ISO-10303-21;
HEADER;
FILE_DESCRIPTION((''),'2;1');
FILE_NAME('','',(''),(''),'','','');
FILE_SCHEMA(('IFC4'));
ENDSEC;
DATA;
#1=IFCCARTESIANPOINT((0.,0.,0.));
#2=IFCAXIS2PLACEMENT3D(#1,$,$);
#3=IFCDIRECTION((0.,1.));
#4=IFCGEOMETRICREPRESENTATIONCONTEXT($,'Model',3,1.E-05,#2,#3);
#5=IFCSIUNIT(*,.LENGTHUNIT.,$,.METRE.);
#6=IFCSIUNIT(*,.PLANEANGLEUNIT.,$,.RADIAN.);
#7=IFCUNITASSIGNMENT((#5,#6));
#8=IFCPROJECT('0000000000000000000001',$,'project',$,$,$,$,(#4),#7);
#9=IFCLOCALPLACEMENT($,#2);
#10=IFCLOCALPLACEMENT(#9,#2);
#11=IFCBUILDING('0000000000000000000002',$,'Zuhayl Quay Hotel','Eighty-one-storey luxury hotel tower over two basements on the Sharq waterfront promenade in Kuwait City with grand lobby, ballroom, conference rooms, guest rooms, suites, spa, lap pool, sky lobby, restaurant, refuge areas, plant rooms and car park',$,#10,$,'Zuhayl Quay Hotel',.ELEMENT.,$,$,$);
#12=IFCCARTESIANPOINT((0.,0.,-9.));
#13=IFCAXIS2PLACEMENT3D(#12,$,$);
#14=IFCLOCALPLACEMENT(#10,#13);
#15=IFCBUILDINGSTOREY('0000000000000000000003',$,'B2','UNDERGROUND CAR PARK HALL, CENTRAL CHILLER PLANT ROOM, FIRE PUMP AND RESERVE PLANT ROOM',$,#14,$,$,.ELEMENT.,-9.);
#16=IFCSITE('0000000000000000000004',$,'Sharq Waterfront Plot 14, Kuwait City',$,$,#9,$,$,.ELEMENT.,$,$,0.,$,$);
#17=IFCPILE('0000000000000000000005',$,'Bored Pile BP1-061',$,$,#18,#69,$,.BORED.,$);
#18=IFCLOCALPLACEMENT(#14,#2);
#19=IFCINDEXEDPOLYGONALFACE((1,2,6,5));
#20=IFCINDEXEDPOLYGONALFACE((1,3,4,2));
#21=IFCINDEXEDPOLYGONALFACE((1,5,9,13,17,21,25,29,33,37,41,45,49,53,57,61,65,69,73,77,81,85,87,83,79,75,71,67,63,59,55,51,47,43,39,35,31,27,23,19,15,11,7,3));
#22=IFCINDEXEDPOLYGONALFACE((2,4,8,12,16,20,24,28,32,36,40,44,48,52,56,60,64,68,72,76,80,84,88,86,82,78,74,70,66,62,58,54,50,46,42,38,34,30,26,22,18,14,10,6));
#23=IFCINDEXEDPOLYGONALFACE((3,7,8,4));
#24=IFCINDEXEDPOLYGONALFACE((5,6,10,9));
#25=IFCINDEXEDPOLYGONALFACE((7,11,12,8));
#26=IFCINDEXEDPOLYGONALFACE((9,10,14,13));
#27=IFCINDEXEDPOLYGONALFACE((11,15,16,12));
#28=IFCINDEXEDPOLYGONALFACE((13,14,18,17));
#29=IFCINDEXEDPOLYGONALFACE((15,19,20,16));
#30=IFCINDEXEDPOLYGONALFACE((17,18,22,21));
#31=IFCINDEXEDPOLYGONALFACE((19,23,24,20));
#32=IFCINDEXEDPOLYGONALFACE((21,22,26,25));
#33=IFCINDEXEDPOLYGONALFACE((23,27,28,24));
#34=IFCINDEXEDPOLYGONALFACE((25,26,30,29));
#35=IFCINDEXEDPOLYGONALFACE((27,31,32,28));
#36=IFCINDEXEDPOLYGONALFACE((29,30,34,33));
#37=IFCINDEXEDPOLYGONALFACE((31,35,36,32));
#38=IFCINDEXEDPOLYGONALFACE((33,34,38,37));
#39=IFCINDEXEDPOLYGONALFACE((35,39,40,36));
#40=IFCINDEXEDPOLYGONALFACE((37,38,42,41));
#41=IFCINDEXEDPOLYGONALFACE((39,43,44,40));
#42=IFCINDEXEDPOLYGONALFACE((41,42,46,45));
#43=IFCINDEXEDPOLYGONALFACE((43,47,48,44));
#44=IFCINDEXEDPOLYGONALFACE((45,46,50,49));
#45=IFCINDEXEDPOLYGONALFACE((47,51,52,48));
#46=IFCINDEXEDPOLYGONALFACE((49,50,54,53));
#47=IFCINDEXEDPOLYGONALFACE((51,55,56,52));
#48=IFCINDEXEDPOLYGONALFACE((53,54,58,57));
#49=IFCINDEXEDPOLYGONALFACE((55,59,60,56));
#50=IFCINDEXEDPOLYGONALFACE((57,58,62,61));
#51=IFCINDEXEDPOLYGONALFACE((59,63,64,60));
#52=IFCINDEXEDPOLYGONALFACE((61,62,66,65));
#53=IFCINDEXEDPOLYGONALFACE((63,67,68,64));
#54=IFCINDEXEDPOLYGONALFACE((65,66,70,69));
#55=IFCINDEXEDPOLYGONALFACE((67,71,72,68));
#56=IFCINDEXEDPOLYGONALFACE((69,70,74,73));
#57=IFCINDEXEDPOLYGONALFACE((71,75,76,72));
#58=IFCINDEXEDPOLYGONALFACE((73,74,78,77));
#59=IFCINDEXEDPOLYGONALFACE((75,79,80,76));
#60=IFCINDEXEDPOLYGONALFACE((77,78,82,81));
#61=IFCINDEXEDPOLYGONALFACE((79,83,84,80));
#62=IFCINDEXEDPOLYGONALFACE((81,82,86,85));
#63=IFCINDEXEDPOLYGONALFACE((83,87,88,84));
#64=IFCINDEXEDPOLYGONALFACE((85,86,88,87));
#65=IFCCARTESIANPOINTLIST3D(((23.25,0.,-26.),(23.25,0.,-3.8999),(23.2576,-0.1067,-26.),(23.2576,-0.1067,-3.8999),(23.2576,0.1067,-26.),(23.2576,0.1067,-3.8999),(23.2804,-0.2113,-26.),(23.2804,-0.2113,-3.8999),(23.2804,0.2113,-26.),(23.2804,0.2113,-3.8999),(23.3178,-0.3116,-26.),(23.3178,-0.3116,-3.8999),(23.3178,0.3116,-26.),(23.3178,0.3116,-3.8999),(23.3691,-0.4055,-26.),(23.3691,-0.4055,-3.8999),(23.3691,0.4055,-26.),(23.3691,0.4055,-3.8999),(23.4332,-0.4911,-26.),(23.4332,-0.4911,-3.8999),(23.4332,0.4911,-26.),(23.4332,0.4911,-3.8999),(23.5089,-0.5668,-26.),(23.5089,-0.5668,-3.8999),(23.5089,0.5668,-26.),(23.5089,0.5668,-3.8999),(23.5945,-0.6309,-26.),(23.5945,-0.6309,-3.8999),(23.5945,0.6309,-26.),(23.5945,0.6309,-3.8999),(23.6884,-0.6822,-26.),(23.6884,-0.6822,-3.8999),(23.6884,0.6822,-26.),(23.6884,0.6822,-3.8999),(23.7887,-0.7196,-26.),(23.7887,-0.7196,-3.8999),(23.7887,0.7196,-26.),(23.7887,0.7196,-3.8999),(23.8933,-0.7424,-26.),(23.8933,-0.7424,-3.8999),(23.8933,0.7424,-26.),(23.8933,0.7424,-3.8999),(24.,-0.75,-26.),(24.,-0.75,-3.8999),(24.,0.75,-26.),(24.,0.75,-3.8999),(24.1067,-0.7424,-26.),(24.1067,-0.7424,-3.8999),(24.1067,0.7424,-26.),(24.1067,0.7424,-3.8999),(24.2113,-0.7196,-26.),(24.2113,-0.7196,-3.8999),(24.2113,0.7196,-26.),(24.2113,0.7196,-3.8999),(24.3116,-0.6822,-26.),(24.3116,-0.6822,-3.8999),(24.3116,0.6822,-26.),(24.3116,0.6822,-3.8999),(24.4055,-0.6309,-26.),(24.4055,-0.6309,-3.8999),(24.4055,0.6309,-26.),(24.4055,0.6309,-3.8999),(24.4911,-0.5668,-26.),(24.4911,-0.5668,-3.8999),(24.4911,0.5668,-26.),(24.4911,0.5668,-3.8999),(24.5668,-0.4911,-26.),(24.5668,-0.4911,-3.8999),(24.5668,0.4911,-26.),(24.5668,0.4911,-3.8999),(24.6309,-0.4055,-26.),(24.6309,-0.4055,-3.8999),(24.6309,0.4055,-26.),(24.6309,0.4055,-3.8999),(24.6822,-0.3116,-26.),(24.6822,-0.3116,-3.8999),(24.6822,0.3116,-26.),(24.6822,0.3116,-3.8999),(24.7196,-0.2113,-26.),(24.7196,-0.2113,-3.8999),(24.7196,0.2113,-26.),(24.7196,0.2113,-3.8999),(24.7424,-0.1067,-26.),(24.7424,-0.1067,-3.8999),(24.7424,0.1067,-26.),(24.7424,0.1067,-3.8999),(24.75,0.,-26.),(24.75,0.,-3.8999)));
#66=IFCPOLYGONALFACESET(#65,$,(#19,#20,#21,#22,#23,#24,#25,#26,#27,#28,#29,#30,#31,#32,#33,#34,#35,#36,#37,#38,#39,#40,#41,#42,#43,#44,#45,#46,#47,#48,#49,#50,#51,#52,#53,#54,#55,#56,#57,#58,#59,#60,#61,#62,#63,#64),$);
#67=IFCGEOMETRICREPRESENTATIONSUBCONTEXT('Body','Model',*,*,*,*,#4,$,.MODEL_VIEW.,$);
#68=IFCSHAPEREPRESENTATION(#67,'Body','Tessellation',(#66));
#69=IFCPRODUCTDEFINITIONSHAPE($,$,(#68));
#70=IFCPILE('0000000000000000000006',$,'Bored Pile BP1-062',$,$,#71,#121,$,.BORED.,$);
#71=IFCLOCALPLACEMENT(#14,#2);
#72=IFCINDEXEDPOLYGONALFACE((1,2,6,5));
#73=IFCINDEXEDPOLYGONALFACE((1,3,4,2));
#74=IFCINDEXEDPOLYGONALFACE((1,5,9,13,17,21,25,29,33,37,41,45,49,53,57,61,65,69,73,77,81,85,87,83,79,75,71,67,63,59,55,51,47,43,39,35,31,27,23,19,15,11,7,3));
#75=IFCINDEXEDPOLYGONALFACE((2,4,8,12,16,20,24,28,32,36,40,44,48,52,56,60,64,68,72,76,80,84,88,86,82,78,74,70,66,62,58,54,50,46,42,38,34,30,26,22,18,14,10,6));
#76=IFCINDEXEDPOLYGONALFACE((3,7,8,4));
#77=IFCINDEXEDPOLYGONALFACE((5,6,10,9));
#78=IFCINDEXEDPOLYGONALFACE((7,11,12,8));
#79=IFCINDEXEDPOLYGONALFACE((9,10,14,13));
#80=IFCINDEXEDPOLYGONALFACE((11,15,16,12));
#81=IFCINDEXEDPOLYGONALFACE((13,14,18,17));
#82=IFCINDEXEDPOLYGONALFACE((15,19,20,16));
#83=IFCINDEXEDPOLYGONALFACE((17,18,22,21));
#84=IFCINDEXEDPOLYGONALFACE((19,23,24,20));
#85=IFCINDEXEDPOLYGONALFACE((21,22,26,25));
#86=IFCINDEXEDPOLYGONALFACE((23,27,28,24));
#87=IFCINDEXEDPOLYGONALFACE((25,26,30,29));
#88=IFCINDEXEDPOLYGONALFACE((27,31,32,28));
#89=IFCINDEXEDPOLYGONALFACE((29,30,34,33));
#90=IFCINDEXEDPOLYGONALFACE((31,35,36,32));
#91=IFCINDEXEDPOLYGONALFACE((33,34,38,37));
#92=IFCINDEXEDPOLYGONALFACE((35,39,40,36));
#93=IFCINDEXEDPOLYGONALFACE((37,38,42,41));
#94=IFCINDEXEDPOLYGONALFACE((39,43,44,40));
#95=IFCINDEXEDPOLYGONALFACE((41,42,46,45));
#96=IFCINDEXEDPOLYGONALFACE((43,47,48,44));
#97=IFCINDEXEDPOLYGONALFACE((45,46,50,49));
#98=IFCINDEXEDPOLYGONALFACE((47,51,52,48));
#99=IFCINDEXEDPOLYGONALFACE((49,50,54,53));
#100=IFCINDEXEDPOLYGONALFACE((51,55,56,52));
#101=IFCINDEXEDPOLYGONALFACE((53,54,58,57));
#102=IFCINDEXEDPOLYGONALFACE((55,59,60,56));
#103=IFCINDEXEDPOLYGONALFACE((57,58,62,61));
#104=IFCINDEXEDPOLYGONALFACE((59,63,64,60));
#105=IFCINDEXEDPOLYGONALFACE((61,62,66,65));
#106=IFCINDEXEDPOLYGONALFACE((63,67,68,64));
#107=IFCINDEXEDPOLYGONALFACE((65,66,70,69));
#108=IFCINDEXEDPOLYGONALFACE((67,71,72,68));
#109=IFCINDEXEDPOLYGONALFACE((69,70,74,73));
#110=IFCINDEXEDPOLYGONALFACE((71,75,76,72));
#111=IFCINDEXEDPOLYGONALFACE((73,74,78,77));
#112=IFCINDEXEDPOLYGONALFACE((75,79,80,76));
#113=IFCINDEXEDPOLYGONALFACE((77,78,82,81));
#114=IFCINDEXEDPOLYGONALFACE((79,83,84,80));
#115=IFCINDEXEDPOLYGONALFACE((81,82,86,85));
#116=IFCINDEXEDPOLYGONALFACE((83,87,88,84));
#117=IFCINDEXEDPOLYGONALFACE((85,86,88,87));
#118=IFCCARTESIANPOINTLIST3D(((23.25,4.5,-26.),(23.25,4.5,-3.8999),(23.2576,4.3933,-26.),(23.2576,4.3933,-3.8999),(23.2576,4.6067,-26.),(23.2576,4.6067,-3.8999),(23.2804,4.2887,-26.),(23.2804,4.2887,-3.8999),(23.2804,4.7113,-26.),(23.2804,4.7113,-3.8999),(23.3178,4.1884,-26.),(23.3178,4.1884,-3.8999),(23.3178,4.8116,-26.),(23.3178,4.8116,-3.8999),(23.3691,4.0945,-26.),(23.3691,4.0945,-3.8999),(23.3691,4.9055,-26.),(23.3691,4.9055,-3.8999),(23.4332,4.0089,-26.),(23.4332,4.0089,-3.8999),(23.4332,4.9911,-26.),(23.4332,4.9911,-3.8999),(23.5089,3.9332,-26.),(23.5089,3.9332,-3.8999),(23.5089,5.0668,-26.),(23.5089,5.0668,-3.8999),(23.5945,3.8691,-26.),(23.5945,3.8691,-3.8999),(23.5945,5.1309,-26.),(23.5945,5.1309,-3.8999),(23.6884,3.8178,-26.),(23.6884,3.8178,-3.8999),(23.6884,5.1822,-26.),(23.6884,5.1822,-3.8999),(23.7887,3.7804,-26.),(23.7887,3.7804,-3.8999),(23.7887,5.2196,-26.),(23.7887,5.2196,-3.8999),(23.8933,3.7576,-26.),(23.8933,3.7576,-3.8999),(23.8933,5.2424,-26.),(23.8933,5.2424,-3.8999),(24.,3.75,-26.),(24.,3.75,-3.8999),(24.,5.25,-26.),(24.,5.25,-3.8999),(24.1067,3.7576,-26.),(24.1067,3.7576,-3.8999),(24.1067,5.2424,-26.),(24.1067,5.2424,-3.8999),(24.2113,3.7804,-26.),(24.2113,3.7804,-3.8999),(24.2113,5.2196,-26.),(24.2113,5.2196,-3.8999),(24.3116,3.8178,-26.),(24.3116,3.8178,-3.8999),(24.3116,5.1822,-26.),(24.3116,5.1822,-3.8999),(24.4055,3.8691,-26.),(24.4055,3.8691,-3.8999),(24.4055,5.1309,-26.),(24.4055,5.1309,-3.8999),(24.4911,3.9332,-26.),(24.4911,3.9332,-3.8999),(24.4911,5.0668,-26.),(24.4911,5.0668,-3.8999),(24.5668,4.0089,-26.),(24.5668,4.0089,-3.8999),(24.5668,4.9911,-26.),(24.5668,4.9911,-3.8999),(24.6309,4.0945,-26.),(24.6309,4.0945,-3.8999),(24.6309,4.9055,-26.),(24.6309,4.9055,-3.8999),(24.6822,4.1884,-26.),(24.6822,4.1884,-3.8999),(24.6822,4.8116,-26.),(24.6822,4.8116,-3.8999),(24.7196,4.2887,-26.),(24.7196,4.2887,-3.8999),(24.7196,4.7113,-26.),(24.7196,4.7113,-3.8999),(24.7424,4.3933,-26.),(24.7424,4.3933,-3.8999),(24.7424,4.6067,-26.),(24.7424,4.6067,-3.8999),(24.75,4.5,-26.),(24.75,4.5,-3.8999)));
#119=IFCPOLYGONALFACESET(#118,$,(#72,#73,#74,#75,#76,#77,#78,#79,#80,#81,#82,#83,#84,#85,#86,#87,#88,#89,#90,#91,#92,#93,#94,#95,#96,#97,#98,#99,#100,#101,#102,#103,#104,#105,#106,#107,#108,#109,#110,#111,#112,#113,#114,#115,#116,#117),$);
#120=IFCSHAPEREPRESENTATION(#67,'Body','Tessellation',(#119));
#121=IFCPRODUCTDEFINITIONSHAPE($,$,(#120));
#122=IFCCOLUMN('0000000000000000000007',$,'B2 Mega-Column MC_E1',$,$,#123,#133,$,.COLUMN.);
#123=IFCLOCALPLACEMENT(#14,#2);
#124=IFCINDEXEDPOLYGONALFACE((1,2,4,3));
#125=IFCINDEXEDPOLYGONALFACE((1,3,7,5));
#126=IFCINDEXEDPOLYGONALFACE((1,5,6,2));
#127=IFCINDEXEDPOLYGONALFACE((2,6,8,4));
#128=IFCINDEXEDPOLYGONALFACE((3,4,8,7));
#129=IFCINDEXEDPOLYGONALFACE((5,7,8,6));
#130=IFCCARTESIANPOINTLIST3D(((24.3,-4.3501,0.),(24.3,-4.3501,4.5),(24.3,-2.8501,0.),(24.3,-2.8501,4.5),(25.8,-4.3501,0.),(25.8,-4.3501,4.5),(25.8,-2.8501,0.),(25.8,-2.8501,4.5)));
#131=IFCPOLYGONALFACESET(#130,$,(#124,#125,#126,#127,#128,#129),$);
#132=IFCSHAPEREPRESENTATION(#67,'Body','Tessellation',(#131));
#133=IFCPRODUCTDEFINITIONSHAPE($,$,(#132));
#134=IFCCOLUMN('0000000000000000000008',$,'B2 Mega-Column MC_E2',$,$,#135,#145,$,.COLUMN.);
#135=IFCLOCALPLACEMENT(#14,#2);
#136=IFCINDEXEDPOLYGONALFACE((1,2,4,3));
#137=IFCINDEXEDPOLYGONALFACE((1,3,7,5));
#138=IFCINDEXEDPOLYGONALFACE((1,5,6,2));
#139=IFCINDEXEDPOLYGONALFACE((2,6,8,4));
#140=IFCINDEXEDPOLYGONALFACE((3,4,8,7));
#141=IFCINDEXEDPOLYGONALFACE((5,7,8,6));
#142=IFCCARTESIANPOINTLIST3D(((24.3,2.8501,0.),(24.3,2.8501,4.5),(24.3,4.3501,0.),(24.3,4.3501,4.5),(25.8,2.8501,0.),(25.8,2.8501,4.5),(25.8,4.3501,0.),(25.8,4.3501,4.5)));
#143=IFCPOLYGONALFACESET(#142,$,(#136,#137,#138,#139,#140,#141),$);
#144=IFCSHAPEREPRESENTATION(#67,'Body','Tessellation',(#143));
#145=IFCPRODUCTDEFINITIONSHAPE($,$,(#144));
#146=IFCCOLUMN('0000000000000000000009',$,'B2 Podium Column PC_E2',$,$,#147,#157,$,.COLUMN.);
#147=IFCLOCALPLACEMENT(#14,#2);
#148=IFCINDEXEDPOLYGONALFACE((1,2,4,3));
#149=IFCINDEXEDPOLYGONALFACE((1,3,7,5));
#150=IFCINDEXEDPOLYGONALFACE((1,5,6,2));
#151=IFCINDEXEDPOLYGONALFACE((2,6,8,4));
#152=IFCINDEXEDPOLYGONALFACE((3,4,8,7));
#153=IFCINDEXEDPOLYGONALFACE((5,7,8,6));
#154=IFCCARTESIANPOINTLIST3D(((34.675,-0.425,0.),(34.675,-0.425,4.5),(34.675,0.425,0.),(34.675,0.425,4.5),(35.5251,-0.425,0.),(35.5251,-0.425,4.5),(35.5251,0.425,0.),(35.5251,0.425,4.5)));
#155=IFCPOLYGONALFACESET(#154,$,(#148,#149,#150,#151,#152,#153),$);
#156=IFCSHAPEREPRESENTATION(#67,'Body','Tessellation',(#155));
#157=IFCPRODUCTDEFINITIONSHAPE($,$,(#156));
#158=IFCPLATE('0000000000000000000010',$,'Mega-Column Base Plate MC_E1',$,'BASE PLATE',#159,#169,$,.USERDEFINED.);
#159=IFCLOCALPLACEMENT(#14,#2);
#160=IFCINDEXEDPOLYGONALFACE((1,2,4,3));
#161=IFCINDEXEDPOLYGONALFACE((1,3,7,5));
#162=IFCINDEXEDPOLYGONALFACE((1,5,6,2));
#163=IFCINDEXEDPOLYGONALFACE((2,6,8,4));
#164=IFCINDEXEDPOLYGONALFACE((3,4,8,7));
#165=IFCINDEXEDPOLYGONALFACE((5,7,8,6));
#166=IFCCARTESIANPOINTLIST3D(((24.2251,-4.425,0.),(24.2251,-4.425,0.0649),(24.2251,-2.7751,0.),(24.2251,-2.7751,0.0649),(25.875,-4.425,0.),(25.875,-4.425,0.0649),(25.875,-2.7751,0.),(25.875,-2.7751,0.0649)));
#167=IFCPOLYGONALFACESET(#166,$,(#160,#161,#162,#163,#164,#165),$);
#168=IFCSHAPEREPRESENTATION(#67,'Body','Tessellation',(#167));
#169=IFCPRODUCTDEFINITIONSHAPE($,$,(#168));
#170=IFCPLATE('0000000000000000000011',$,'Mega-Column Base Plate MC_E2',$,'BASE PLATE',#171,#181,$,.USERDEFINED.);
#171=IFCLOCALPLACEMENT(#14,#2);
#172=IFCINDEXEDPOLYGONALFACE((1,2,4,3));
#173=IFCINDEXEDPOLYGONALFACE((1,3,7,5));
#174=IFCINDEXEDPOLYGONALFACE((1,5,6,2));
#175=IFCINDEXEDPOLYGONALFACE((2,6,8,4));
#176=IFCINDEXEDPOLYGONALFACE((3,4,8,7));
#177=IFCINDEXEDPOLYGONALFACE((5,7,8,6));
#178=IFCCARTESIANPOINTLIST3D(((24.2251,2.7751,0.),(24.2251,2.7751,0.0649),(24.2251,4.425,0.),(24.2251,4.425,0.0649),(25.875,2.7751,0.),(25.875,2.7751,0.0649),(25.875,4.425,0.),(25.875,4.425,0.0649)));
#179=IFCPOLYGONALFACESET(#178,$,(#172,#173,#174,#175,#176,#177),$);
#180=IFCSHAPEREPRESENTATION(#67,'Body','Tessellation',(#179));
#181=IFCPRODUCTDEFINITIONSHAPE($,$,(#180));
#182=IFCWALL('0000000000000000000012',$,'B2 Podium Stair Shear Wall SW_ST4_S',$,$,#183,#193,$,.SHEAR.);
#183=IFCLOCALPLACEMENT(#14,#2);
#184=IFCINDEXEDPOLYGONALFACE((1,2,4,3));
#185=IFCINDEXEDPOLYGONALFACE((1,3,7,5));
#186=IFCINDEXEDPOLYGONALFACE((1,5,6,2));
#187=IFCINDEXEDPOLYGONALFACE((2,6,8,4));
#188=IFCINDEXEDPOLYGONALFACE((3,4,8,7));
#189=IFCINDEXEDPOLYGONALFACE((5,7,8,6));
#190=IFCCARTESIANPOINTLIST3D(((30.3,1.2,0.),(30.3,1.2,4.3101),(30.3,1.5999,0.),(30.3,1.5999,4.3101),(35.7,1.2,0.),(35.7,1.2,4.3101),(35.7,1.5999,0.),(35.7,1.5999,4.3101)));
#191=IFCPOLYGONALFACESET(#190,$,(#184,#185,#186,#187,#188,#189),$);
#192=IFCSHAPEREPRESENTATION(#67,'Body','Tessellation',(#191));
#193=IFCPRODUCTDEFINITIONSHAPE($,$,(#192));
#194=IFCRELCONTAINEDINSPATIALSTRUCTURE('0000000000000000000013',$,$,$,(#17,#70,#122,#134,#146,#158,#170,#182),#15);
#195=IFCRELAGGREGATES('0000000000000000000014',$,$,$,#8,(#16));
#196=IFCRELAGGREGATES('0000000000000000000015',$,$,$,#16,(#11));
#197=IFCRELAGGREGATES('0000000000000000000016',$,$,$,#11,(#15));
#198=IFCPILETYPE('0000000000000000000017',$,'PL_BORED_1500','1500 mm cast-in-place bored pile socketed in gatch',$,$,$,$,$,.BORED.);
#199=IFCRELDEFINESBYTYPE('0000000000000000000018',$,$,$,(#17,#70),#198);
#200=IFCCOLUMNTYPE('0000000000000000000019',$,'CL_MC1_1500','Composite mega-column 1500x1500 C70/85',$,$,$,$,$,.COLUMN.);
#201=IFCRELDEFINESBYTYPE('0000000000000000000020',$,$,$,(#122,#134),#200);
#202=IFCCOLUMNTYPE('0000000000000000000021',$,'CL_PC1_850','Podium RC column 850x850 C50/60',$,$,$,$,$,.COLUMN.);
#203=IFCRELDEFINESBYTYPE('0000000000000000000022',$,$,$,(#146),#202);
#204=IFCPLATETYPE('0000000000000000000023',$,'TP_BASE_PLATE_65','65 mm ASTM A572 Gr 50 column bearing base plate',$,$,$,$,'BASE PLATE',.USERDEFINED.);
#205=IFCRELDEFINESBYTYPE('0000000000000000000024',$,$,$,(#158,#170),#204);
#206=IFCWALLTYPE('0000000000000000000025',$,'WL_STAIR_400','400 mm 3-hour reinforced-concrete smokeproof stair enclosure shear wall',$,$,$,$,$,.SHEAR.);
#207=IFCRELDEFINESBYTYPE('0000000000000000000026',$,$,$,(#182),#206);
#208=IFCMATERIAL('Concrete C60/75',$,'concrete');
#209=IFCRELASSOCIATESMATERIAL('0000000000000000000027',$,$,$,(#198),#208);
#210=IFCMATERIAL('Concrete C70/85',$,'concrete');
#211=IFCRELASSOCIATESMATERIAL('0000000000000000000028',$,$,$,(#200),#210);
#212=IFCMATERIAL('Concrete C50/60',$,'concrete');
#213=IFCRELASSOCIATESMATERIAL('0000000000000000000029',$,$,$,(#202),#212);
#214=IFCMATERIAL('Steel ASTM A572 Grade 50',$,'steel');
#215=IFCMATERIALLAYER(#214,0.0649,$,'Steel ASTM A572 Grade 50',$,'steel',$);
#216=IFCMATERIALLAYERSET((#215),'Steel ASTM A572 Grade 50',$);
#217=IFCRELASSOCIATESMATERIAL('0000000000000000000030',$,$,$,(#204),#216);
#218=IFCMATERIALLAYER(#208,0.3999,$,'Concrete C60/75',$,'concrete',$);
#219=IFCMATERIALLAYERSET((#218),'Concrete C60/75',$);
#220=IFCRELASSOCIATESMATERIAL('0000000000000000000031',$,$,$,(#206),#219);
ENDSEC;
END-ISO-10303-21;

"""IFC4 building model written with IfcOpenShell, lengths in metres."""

from ifc_helpers import new_model, si_unit, direction, frame, frame_2d, origin, origin_2d, place, context, subcontext, project, spatial, rectangle, circle, extrude, material, layer, layer_set, material_profile, profile_set, type_object, element, save


model = new_model("IFC4")

# Units and contexts
model_context = context("Model", 3, precision=1e-05, world=origin(), true_north=direction((0.0, 1.0)))
body_context = subcontext(model_context, "Body", "Model", "MODEL_VIEW")
ifc_project = project(units=[si_unit("LENGTHUNIT", "METRE"), si_unit("PLANEANGLEUNIT", "RADIAN")], contexts=[model_context])

# Site, building, storey
site_placement = place(None, origin())
site = spatial("IfcSite", under=ifc_project, at=site_placement, Name="Sharq Waterfront Plot 14, Kuwait City", CompositionType="ELEMENT", RefElevation=0.0)
building_placement = place(site_placement, origin())
building = spatial("IfcBuilding", under=site, at=building_placement, Name="Zuhayl Quay Hotel", Description="Eighty-one-storey luxury hotel tower over two basements on the Sharq waterfront promenade in Kuwait City with grand lobby, ballroom, conference rooms, guest rooms, suites, spa, lap pool, sky lobby, restaurant, refuge areas, plant rooms and car park", LongName="Zuhayl Quay Hotel", CompositionType="ELEMENT")
storey_placement = place(building_placement, frame((0.0, 0.0, -9.0)))
storey = spatial("IfcBuildingStorey", under=building, at=storey_placement, Name="B2", Description="UNDERGROUND CAR PARK HALL, CENTRAL CHILLER PLANT ROOM, FIRE PUMP AND RESERVE PLANT ROOM", CompositionType="ELEMENT", Elevation=-9.0)

# Piles
ifc_material_1 = material(Name="Concrete C60/75", Category="concrete")
ifc_material_profile_1 = material_profile(ifc_material_1, circle(Radius=0.75, at=origin_2d()), Name="PILE1500")
ifc_profile_set_1 = profile_set([ifc_material_profile_1], Name="Concrete C60/75")
pile_type_1 = type_object("IfcPileType", Name="PL_BORED_1500", Description="1500 mm cast-in-place bored pile socketed in gatch", PredefinedType="BORED", material=ifc_profile_set_1)
for number, where, z_axis, x_axis, name in (
    (1, (24.0, 0.0, -3.8999), (0.0, 0.0, -1.0), (1.0, 0.0, 0.0), "Bored Pile BP1-061"),
    (2, (24.0, 4.5, -3.8999), (0.0, 0.0, -1.0), (1.0, 0.0, 0.0), "Bored Pile BP1-062"),
):
    element("IfcPile", number, at=place(storey_placement, frame(where, z_axis=z_axis, x_axis=x_axis)), inside=storey, type_object=pile_type_1, Name=name, PredefinedType="BORED", context=body_context, shape_type="SweptSolid", body=[
        extrude(circle(Radius=0.75, at=origin_2d()), origin(), (0.0, 0.0, 1.0), 22.1001),
    ])

# Columns
ifc_material_2 = material(Name="Concrete C70/85", Category="concrete")
ifc_material_profile_2 = material_profile(ifc_material_2, rectangle(XDim=1.5, YDim=1.5, at=origin_2d()), Name="RC1500X1500")
ifc_profile_set_2 = profile_set([ifc_material_profile_2], Name="Concrete C70/85")
column_type_1 = type_object("IfcColumnType", Name="CL_MC1_1500", Description="Composite mega-column 1500x1500 C70/85", PredefinedType="COLUMN", material=ifc_profile_set_2)
for number, where, z_axis, x_axis, name in (
    (3, (25.05, -3.6001, 0.0), (0.0, 0.0, 1.0), (1.0, 0.0, 0.0), "B2 Mega-Column MC_E1"),
    (4, (25.05, 3.6001, 0.0), (0.0, 0.0, 1.0), (1.0, 0.0, 0.0), "B2 Mega-Column MC_E2"),
):
    element("IfcColumn", number, at=place(storey_placement, frame(where, z_axis=z_axis, x_axis=x_axis)), inside=storey, type_object=column_type_1, Name=name, PredefinedType="COLUMN", context=body_context, shape_type="SweptSolid", body=[
        extrude(rectangle(XDim=1.5, YDim=1.5, at=origin_2d()), origin(), (0.0, 0.0, 1.0), 4.5),
    ])
ifc_material_3 = material(Name="Concrete C50/60", Category="concrete")
ifc_material_profile_3 = material_profile(ifc_material_3, rectangle(XDim=0.8501, YDim=0.8501, at=origin_2d()), Name="RC850X850")
ifc_profile_set_3 = profile_set([ifc_material_profile_3], Name="Concrete C50/60")
column_type_2 = type_object("IfcColumnType", Name="CL_PC1_850", Description="Podium RC column 850x850 C50/60", PredefinedType="COLUMN", material=ifc_profile_set_3)
column_placement = place(storey_placement, frame((35.1001, 0.0, 0.0), z_axis=(0.0, 0.0, 1.0), x_axis=(1.0, 0.0, 0.0)))
element("IfcColumn", 5, at=column_placement, inside=storey, type_object=column_type_2, Name="B2 Podium Column PC_E2", PredefinedType="COLUMN", context=body_context, shape_type="SweptSolid", body=[
    extrude(rectangle(XDim=0.8501, YDim=0.8501, at=origin_2d()), origin(), (0.0, 0.0, 1.0), 4.5),
])

# Plates
ifc_material_4 = material(Name="Steel ASTM A572 Grade 50", Category="steel")
ifc_layer_1 = layer(ifc_material_4, 0.0649, Name="Steel ASTM A572 Grade 50", Category="steel")
ifc_layer_set_1 = layer_set([ifc_layer_1], Name="Steel ASTM A572 Grade 50")
plate_type = type_object("IfcPlateType", Name="TP_BASE_PLATE_65", Description="65 mm ASTM A572 Gr 50 column bearing base plate", ElementType="BASE PLATE", PredefinedType="USERDEFINED", material=ifc_layer_set_1)
for number, where, z_axis, x_axis, name in (
    (6, (25.05, -3.6001, 0.0), (0.0, 0.0, 1.0), (1.0, 0.0, 0.0), "Mega-Column Base Plate MC_E1"),
    (7, (25.05, 3.6001, 0.0), (0.0, 0.0, 1.0), (1.0, 0.0, 0.0), "Mega-Column Base Plate MC_E2"),
):
    element("IfcPlate", number, at=place(storey_placement, frame(where, z_axis=z_axis, x_axis=x_axis)), inside=storey, type_object=plate_type, Name=name, ObjectType="BASE PLATE", PredefinedType="USERDEFINED", context=body_context, shape_type="SweptSolid", body=[
        extrude(rectangle(XDim=1.6499, YDim=1.6499, at=origin_2d()), origin(), (0.0, 0.0, 1.0), 0.0649),
    ])

# Wall
ifc_layer_2 = layer(ifc_material_1, 0.3999, Name="Concrete C60/75", Category="concrete")
ifc_layer_set_2 = layer_set([ifc_layer_2], Name="Concrete C60/75")
wall_type = type_object("IfcWallType", Name="WL_STAIR_400", Description="400 mm 3-hour reinforced-concrete smokeproof stair enclosure shear wall", PredefinedType="SHEAR", material=ifc_layer_set_2)
wall_placement = place(storey_placement, frame((30.3, 1.3999, 0.0), z_axis=(0.0, 0.0, 1.0), x_axis=(1.0, 0.0, 0.0)))
element("IfcWall", 8, at=wall_placement, inside=storey, type_object=wall_type, Name="B2 Podium Stair Shear Wall SW_ST4_S", PredefinedType="SHEAR", context=body_context, shape_type="SweptSolid", body=[
    extrude(rectangle(XDim=5.3999, YDim=0.3999, at=frame_2d((2.7, 0.0))), origin(), (0.0, 0.0, 1.0), 4.3101),
])

save(model, "model.ifc")
